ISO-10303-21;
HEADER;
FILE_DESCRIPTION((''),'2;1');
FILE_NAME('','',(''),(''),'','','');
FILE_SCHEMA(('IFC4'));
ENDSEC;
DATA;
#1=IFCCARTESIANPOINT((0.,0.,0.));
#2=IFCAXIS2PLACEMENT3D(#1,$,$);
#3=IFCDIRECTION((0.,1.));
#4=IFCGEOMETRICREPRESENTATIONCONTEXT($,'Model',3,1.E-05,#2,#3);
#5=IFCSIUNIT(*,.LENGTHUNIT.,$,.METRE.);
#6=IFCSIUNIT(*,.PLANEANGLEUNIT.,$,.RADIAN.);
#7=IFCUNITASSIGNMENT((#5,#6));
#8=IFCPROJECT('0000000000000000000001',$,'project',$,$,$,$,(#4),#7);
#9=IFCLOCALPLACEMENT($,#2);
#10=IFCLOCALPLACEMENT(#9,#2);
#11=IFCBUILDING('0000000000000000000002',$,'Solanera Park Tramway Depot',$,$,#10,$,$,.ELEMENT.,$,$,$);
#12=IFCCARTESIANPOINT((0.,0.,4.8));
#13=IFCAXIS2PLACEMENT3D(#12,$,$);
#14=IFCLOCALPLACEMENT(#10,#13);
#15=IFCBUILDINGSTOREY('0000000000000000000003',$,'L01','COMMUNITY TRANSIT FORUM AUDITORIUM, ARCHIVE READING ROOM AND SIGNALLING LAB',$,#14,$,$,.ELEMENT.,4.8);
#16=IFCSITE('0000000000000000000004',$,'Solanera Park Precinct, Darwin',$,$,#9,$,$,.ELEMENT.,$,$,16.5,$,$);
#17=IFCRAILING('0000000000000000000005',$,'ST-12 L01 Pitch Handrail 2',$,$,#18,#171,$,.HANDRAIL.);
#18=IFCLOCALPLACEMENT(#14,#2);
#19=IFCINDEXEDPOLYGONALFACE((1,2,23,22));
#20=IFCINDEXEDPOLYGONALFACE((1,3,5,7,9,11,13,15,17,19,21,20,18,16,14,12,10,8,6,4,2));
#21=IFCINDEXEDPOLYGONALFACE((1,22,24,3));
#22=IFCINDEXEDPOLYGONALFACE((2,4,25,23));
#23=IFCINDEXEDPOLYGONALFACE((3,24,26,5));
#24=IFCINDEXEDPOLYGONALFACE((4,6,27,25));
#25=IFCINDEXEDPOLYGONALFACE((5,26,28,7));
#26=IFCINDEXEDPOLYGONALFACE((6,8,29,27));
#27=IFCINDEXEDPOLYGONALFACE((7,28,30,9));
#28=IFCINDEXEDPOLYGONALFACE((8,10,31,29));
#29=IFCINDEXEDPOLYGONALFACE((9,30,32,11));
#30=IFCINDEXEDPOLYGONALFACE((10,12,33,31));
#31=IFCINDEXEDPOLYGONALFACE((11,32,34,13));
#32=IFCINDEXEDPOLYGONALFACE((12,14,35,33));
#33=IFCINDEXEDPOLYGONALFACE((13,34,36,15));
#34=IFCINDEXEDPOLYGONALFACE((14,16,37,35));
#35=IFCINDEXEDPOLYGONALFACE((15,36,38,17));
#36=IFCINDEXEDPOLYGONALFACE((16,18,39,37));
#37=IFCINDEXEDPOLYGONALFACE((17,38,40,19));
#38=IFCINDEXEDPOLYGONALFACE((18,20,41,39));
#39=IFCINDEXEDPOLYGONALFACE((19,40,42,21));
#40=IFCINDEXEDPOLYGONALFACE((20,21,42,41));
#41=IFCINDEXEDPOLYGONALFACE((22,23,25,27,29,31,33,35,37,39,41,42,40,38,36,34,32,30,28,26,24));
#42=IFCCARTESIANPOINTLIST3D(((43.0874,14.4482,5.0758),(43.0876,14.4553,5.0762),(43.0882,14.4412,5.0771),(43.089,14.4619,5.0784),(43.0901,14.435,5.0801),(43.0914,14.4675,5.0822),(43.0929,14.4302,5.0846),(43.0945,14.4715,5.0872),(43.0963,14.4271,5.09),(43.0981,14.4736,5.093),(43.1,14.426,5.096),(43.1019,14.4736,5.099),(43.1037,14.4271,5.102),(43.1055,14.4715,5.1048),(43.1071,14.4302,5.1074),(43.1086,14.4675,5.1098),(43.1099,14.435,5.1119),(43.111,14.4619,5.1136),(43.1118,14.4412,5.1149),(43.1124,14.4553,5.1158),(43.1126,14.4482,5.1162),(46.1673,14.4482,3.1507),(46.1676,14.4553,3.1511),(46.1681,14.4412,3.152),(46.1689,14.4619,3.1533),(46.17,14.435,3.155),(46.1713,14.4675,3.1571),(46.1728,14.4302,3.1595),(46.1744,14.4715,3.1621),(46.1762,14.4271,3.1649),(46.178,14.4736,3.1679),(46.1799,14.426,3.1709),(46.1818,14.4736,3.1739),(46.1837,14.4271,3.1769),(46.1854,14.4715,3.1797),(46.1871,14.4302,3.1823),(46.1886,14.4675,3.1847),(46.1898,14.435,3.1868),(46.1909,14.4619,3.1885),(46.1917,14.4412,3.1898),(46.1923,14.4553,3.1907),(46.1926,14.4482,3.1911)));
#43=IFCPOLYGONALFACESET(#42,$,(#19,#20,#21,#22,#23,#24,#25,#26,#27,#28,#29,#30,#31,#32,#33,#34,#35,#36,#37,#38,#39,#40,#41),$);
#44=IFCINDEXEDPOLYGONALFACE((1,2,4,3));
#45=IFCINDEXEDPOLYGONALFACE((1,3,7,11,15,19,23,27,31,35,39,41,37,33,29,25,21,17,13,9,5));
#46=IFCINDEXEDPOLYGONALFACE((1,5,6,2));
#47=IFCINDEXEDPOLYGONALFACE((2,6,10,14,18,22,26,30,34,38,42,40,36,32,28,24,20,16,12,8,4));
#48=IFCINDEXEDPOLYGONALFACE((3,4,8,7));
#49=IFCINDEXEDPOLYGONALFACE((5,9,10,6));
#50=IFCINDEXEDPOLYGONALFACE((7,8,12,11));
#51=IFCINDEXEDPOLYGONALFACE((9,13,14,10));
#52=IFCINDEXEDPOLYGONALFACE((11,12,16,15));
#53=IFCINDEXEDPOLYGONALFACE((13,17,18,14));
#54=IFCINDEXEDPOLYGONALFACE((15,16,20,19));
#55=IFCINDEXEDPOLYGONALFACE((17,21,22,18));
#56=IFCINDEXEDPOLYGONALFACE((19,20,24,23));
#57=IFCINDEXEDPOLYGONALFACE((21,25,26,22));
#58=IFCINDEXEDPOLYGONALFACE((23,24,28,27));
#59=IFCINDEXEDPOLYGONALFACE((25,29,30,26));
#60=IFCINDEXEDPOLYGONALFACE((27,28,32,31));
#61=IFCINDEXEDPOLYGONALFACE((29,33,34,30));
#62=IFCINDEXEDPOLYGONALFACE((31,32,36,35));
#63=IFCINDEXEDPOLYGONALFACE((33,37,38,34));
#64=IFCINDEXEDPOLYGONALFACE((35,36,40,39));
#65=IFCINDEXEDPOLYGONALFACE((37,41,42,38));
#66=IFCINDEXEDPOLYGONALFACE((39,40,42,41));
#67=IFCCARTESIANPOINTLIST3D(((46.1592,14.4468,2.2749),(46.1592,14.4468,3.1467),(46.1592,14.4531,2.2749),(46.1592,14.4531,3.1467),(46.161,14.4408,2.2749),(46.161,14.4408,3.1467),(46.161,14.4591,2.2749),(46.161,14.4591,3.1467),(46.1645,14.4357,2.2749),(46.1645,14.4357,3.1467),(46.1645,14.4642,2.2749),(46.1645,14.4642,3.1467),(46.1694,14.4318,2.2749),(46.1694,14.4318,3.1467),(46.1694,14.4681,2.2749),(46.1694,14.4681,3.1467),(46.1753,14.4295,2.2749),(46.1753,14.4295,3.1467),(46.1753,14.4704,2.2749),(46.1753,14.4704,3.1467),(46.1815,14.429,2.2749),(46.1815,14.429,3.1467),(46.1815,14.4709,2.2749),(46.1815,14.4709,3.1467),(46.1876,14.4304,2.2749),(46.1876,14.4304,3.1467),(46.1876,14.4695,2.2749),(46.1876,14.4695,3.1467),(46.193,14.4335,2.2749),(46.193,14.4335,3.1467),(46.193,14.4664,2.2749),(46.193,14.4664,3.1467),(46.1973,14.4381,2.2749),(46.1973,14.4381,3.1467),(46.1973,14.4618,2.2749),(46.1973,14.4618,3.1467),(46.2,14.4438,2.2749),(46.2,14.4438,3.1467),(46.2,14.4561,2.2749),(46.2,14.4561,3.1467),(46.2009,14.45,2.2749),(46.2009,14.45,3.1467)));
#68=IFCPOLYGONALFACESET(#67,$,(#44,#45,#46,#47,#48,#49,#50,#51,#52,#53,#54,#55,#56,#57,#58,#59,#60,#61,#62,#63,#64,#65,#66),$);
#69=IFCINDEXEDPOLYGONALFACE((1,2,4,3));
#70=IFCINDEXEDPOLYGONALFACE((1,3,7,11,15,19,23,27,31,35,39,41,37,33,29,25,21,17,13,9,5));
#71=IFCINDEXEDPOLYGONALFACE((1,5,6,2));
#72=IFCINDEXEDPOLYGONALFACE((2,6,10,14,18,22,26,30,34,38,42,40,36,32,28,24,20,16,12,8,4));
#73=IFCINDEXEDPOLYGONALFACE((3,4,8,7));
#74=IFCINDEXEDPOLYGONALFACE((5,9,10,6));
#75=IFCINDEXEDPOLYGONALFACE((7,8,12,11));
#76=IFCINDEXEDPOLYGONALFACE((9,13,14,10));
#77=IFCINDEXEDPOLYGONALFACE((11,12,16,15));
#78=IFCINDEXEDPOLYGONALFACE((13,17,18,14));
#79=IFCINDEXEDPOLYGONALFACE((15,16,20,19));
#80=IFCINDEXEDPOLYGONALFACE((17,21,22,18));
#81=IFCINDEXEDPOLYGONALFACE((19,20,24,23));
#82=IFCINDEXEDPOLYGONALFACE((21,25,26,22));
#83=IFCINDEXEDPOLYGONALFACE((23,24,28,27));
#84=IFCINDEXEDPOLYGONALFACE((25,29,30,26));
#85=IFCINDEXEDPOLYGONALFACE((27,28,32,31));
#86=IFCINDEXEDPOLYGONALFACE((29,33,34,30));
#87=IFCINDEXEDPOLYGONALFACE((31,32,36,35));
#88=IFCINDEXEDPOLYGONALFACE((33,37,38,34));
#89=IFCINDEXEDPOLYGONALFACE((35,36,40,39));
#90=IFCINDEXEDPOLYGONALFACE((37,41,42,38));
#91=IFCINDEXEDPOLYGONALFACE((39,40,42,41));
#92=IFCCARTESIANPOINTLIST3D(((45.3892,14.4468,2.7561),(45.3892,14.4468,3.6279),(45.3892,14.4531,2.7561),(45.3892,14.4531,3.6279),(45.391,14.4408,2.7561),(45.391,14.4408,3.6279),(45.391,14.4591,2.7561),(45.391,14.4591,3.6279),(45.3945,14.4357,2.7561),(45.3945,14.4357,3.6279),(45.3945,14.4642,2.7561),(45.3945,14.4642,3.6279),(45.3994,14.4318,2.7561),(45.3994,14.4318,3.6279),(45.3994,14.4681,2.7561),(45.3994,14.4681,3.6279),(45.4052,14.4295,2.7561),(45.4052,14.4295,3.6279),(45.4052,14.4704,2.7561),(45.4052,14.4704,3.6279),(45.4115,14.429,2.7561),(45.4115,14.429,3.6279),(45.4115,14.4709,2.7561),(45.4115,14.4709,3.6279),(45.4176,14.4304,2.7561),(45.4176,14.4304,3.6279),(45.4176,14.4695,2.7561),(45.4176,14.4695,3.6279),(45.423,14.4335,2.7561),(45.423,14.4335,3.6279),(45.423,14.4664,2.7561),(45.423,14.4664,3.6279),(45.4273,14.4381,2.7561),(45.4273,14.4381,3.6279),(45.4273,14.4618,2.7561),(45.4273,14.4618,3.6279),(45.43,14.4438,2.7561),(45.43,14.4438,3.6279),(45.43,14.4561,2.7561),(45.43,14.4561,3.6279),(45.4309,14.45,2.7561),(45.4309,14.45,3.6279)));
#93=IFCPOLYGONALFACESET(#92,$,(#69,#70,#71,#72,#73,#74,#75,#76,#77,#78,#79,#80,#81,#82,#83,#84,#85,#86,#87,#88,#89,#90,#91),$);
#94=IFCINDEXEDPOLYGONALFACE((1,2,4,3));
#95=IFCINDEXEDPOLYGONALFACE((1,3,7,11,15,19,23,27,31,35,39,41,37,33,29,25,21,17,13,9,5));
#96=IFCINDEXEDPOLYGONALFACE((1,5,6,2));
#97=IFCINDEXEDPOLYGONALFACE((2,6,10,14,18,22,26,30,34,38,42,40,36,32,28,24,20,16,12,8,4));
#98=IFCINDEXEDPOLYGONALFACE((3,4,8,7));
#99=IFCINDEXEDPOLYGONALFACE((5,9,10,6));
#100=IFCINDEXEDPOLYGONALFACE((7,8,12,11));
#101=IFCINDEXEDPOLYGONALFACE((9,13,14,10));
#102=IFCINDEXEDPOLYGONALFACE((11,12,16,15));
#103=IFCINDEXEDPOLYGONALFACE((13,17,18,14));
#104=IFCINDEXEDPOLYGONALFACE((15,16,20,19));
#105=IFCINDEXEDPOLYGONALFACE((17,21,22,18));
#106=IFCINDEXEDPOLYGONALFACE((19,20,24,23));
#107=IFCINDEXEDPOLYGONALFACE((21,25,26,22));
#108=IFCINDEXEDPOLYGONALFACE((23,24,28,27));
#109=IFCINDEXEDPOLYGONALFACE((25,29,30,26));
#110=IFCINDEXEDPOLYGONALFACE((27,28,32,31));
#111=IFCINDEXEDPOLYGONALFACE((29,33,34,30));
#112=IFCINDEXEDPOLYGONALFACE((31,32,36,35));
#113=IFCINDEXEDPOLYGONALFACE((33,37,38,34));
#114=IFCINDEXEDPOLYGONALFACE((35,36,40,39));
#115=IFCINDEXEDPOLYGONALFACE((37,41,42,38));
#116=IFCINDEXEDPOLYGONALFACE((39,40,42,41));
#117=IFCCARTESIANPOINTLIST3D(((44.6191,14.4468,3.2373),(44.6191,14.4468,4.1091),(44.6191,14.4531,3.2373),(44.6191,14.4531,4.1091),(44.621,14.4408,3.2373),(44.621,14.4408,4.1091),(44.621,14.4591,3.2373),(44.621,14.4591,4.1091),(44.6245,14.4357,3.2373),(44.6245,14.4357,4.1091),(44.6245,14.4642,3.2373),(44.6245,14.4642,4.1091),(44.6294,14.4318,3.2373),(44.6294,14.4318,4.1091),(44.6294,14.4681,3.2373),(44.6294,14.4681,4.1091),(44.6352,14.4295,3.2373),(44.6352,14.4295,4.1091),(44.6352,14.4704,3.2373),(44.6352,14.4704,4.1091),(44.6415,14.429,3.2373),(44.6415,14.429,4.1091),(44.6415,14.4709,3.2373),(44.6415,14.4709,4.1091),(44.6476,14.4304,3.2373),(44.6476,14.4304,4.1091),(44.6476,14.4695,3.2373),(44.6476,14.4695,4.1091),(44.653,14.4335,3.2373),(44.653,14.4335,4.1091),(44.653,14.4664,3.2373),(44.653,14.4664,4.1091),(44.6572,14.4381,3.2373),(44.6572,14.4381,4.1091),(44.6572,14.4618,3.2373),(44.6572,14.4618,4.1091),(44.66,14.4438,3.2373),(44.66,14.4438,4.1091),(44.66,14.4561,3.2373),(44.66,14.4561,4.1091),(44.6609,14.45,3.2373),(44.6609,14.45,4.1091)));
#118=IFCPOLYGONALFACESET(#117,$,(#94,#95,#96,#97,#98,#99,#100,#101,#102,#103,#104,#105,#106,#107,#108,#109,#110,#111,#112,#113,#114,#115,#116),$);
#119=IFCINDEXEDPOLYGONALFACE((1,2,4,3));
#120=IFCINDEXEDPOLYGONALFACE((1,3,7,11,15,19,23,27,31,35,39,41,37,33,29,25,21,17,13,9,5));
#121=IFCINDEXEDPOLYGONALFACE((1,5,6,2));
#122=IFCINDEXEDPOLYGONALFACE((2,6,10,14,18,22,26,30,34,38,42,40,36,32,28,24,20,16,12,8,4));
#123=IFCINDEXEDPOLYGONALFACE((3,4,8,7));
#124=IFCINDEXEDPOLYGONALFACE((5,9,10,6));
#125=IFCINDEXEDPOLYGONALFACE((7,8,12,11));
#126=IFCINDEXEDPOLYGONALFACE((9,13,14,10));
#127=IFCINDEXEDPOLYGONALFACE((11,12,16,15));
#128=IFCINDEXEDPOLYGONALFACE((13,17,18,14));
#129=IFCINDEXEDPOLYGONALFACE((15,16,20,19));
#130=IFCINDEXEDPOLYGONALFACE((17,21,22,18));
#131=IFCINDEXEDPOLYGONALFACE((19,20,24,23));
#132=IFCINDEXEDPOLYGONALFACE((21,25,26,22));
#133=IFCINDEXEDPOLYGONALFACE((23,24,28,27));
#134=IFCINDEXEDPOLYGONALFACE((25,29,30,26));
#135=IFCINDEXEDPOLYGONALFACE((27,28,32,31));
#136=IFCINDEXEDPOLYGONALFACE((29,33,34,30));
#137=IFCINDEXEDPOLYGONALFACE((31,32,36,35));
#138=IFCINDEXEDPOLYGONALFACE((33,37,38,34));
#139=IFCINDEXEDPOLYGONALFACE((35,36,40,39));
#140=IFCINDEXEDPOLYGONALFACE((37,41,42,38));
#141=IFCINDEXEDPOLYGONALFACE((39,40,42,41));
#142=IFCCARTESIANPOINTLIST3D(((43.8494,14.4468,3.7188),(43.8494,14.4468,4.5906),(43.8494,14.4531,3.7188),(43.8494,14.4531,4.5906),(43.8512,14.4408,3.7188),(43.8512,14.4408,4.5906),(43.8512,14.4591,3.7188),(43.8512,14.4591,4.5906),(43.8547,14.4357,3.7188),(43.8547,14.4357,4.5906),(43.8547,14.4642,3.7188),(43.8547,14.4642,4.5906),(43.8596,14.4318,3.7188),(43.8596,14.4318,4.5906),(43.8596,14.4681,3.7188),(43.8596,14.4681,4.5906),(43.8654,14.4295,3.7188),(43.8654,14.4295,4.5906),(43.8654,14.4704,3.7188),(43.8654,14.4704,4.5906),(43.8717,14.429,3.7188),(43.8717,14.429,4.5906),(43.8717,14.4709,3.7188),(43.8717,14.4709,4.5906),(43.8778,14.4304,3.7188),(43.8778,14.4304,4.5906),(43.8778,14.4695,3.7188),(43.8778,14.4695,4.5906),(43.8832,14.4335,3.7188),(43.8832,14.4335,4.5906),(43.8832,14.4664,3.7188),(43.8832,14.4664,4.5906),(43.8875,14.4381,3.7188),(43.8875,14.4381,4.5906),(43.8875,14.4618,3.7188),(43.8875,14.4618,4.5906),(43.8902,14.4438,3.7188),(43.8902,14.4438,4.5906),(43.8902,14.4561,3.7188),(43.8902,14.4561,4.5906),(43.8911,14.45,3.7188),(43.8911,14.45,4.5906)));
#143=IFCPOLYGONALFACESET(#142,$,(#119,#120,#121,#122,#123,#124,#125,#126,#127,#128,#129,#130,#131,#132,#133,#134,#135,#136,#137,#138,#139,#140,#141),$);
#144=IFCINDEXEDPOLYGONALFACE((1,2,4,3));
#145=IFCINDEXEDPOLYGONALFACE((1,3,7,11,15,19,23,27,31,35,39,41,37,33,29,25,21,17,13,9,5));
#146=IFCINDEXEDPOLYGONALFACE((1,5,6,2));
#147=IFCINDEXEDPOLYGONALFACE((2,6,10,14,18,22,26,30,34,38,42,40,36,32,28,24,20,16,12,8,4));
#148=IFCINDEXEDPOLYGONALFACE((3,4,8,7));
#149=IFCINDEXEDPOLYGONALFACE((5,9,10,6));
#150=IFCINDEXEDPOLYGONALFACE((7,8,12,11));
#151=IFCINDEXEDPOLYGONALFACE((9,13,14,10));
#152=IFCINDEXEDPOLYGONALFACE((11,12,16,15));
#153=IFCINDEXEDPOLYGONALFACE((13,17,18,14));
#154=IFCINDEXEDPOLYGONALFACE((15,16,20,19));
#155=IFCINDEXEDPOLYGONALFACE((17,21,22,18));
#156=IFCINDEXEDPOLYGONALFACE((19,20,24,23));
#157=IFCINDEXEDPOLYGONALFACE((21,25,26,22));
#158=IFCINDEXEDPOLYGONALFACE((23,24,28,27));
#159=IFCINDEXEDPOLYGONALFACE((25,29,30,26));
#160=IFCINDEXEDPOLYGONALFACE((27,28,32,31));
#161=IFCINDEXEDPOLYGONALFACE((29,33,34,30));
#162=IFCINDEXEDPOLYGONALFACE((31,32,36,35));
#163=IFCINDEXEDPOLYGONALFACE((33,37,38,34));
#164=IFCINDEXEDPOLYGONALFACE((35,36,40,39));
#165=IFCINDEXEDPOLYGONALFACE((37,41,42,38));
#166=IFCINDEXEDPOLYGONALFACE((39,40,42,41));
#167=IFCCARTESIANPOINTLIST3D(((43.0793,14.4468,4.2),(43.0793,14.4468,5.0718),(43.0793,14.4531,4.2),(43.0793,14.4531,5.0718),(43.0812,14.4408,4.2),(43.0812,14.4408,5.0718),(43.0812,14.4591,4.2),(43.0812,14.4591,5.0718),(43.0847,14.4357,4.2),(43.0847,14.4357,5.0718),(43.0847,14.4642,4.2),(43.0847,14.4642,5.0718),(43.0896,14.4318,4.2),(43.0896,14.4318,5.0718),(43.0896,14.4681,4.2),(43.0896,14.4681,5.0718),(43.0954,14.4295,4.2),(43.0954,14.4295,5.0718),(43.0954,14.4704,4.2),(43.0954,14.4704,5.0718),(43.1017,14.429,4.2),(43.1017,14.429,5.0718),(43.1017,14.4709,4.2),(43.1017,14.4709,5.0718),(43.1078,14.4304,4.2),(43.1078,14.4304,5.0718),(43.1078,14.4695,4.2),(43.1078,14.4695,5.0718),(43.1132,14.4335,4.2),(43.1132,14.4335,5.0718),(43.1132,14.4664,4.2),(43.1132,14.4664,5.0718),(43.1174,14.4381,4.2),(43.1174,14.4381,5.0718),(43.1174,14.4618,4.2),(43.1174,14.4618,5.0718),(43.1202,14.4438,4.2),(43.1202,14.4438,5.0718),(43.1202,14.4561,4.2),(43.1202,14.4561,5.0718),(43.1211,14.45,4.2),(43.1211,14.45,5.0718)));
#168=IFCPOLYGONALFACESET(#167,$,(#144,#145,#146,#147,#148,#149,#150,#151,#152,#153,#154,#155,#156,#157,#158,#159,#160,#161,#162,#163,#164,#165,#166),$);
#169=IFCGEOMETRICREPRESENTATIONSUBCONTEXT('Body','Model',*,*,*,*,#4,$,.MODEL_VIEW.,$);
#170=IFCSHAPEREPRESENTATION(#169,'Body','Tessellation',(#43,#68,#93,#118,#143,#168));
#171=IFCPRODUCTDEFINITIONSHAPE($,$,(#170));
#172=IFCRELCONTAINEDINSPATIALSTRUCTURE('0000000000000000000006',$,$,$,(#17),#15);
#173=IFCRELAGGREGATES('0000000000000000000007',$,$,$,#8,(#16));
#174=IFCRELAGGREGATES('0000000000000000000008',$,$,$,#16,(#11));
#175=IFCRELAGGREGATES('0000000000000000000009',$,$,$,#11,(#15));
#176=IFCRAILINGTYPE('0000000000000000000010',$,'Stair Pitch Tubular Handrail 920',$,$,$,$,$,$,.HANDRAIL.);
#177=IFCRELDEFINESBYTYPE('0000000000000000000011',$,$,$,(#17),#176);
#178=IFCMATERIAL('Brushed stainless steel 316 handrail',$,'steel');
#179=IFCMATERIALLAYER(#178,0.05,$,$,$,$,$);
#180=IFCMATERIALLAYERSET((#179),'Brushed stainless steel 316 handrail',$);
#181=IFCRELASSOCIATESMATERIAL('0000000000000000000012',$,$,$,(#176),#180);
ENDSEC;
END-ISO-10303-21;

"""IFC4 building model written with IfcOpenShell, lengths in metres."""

from ifc_helpers import new_model, si_unit, direction, frame, origin, origin_2d, place, context, subcontext, project, spatial, circle, extrude, material, layer, layer_set, type_object, element, save


model = new_model("IFC4")

# Units and contexts
model_context = context("Model", 3, precision=1e-05, world=origin(), true_north=direction((0.0, 1.0)))
body_context = subcontext(model_context, "Body", "Model", "MODEL_VIEW")
ifc_project = project(units=[si_unit("LENGTHUNIT", "METRE"), si_unit("PLANEANGLEUNIT", "RADIAN")], contexts=[model_context])

# Site, building, storey
site_placement = place(None, origin())
site = spatial("IfcSite", under=ifc_project, at=site_placement, Name="Solanera Park Precinct, Darwin", CompositionType="ELEMENT", RefElevation=16.5)
building_placement = place(site_placement, origin())
building = spatial("IfcBuilding", under=site, at=building_placement, Name="Solanera Park Tramway Depot", CompositionType="ELEMENT")
storey_placement = place(building_placement, frame((0.0, 0.0, 4.8)))
storey = spatial("IfcBuildingStorey", under=building, at=storey_placement, Name="L01", Description="COMMUNITY TRANSIT FORUM AUDITORIUM, ARCHIVE READING ROOM AND SIGNALLING LAB", CompositionType="ELEMENT", Elevation=4.8)

# Railing
ifc_material_1 = material(Name="Brushed stainless steel 316 handrail", Category="steel")
ifc_layer_1 = layer(ifc_material_1, 0.05)
ifc_layer_set_1 = layer_set([ifc_layer_1], Name="Brushed stainless steel 316 handrail")
railing_type_1 = type_object("IfcRailingType", Name="Stair Pitch Tubular Handrail 920", PredefinedType="HANDRAIL", material=ifc_layer_set_1)
railing_1_placement = place(storey_placement, frame((46.1799, 14.45, 2.2749)))
element("IfcRailing", 1, at=railing_1_placement, inside=storey, type_object=railing_type_1, Name="ST-12 L01 Pitch Handrail 2", PredefinedType="HANDRAIL", context=body_context, shape_type="SweptSolid", body=[
    extrude(circle(Radius=0.0239, at=origin_2d()), frame((0.0, 0.0, 0.896), z_axis=(-0.847979, 0.0, 0.530029), x_axis=(0.0, -1.0, 0.0)), (0.0, 0.0, 1.0), 3.6321),
    extrude(circle(Radius=0.021, at=origin_2d()), origin(), (0.0, 0.0, 1.0), 0.8718),
    extrude(circle(Radius=0.021, at=origin_2d()), frame((-0.77, 0.0, 0.4812)), (0.0, 0.0, 1.0), 0.8718),
    extrude(circle(Radius=0.021, at=origin_2d()), frame((-1.54, 0.0, 0.9624)), (0.0, 0.0, 1.0), 0.8718),
    extrude(circle(Radius=0.021, at=origin_2d()), frame((-2.3098, 0.0, 1.4438)), (0.0, 0.0, 1.0), 0.8718),
    extrude(circle(Radius=0.021, at=origin_2d()), frame((-3.0798, 0.0, 1.925)), (0.0, 0.0, 1.0), 0.8718),
])

save(model, "model.ifc")
